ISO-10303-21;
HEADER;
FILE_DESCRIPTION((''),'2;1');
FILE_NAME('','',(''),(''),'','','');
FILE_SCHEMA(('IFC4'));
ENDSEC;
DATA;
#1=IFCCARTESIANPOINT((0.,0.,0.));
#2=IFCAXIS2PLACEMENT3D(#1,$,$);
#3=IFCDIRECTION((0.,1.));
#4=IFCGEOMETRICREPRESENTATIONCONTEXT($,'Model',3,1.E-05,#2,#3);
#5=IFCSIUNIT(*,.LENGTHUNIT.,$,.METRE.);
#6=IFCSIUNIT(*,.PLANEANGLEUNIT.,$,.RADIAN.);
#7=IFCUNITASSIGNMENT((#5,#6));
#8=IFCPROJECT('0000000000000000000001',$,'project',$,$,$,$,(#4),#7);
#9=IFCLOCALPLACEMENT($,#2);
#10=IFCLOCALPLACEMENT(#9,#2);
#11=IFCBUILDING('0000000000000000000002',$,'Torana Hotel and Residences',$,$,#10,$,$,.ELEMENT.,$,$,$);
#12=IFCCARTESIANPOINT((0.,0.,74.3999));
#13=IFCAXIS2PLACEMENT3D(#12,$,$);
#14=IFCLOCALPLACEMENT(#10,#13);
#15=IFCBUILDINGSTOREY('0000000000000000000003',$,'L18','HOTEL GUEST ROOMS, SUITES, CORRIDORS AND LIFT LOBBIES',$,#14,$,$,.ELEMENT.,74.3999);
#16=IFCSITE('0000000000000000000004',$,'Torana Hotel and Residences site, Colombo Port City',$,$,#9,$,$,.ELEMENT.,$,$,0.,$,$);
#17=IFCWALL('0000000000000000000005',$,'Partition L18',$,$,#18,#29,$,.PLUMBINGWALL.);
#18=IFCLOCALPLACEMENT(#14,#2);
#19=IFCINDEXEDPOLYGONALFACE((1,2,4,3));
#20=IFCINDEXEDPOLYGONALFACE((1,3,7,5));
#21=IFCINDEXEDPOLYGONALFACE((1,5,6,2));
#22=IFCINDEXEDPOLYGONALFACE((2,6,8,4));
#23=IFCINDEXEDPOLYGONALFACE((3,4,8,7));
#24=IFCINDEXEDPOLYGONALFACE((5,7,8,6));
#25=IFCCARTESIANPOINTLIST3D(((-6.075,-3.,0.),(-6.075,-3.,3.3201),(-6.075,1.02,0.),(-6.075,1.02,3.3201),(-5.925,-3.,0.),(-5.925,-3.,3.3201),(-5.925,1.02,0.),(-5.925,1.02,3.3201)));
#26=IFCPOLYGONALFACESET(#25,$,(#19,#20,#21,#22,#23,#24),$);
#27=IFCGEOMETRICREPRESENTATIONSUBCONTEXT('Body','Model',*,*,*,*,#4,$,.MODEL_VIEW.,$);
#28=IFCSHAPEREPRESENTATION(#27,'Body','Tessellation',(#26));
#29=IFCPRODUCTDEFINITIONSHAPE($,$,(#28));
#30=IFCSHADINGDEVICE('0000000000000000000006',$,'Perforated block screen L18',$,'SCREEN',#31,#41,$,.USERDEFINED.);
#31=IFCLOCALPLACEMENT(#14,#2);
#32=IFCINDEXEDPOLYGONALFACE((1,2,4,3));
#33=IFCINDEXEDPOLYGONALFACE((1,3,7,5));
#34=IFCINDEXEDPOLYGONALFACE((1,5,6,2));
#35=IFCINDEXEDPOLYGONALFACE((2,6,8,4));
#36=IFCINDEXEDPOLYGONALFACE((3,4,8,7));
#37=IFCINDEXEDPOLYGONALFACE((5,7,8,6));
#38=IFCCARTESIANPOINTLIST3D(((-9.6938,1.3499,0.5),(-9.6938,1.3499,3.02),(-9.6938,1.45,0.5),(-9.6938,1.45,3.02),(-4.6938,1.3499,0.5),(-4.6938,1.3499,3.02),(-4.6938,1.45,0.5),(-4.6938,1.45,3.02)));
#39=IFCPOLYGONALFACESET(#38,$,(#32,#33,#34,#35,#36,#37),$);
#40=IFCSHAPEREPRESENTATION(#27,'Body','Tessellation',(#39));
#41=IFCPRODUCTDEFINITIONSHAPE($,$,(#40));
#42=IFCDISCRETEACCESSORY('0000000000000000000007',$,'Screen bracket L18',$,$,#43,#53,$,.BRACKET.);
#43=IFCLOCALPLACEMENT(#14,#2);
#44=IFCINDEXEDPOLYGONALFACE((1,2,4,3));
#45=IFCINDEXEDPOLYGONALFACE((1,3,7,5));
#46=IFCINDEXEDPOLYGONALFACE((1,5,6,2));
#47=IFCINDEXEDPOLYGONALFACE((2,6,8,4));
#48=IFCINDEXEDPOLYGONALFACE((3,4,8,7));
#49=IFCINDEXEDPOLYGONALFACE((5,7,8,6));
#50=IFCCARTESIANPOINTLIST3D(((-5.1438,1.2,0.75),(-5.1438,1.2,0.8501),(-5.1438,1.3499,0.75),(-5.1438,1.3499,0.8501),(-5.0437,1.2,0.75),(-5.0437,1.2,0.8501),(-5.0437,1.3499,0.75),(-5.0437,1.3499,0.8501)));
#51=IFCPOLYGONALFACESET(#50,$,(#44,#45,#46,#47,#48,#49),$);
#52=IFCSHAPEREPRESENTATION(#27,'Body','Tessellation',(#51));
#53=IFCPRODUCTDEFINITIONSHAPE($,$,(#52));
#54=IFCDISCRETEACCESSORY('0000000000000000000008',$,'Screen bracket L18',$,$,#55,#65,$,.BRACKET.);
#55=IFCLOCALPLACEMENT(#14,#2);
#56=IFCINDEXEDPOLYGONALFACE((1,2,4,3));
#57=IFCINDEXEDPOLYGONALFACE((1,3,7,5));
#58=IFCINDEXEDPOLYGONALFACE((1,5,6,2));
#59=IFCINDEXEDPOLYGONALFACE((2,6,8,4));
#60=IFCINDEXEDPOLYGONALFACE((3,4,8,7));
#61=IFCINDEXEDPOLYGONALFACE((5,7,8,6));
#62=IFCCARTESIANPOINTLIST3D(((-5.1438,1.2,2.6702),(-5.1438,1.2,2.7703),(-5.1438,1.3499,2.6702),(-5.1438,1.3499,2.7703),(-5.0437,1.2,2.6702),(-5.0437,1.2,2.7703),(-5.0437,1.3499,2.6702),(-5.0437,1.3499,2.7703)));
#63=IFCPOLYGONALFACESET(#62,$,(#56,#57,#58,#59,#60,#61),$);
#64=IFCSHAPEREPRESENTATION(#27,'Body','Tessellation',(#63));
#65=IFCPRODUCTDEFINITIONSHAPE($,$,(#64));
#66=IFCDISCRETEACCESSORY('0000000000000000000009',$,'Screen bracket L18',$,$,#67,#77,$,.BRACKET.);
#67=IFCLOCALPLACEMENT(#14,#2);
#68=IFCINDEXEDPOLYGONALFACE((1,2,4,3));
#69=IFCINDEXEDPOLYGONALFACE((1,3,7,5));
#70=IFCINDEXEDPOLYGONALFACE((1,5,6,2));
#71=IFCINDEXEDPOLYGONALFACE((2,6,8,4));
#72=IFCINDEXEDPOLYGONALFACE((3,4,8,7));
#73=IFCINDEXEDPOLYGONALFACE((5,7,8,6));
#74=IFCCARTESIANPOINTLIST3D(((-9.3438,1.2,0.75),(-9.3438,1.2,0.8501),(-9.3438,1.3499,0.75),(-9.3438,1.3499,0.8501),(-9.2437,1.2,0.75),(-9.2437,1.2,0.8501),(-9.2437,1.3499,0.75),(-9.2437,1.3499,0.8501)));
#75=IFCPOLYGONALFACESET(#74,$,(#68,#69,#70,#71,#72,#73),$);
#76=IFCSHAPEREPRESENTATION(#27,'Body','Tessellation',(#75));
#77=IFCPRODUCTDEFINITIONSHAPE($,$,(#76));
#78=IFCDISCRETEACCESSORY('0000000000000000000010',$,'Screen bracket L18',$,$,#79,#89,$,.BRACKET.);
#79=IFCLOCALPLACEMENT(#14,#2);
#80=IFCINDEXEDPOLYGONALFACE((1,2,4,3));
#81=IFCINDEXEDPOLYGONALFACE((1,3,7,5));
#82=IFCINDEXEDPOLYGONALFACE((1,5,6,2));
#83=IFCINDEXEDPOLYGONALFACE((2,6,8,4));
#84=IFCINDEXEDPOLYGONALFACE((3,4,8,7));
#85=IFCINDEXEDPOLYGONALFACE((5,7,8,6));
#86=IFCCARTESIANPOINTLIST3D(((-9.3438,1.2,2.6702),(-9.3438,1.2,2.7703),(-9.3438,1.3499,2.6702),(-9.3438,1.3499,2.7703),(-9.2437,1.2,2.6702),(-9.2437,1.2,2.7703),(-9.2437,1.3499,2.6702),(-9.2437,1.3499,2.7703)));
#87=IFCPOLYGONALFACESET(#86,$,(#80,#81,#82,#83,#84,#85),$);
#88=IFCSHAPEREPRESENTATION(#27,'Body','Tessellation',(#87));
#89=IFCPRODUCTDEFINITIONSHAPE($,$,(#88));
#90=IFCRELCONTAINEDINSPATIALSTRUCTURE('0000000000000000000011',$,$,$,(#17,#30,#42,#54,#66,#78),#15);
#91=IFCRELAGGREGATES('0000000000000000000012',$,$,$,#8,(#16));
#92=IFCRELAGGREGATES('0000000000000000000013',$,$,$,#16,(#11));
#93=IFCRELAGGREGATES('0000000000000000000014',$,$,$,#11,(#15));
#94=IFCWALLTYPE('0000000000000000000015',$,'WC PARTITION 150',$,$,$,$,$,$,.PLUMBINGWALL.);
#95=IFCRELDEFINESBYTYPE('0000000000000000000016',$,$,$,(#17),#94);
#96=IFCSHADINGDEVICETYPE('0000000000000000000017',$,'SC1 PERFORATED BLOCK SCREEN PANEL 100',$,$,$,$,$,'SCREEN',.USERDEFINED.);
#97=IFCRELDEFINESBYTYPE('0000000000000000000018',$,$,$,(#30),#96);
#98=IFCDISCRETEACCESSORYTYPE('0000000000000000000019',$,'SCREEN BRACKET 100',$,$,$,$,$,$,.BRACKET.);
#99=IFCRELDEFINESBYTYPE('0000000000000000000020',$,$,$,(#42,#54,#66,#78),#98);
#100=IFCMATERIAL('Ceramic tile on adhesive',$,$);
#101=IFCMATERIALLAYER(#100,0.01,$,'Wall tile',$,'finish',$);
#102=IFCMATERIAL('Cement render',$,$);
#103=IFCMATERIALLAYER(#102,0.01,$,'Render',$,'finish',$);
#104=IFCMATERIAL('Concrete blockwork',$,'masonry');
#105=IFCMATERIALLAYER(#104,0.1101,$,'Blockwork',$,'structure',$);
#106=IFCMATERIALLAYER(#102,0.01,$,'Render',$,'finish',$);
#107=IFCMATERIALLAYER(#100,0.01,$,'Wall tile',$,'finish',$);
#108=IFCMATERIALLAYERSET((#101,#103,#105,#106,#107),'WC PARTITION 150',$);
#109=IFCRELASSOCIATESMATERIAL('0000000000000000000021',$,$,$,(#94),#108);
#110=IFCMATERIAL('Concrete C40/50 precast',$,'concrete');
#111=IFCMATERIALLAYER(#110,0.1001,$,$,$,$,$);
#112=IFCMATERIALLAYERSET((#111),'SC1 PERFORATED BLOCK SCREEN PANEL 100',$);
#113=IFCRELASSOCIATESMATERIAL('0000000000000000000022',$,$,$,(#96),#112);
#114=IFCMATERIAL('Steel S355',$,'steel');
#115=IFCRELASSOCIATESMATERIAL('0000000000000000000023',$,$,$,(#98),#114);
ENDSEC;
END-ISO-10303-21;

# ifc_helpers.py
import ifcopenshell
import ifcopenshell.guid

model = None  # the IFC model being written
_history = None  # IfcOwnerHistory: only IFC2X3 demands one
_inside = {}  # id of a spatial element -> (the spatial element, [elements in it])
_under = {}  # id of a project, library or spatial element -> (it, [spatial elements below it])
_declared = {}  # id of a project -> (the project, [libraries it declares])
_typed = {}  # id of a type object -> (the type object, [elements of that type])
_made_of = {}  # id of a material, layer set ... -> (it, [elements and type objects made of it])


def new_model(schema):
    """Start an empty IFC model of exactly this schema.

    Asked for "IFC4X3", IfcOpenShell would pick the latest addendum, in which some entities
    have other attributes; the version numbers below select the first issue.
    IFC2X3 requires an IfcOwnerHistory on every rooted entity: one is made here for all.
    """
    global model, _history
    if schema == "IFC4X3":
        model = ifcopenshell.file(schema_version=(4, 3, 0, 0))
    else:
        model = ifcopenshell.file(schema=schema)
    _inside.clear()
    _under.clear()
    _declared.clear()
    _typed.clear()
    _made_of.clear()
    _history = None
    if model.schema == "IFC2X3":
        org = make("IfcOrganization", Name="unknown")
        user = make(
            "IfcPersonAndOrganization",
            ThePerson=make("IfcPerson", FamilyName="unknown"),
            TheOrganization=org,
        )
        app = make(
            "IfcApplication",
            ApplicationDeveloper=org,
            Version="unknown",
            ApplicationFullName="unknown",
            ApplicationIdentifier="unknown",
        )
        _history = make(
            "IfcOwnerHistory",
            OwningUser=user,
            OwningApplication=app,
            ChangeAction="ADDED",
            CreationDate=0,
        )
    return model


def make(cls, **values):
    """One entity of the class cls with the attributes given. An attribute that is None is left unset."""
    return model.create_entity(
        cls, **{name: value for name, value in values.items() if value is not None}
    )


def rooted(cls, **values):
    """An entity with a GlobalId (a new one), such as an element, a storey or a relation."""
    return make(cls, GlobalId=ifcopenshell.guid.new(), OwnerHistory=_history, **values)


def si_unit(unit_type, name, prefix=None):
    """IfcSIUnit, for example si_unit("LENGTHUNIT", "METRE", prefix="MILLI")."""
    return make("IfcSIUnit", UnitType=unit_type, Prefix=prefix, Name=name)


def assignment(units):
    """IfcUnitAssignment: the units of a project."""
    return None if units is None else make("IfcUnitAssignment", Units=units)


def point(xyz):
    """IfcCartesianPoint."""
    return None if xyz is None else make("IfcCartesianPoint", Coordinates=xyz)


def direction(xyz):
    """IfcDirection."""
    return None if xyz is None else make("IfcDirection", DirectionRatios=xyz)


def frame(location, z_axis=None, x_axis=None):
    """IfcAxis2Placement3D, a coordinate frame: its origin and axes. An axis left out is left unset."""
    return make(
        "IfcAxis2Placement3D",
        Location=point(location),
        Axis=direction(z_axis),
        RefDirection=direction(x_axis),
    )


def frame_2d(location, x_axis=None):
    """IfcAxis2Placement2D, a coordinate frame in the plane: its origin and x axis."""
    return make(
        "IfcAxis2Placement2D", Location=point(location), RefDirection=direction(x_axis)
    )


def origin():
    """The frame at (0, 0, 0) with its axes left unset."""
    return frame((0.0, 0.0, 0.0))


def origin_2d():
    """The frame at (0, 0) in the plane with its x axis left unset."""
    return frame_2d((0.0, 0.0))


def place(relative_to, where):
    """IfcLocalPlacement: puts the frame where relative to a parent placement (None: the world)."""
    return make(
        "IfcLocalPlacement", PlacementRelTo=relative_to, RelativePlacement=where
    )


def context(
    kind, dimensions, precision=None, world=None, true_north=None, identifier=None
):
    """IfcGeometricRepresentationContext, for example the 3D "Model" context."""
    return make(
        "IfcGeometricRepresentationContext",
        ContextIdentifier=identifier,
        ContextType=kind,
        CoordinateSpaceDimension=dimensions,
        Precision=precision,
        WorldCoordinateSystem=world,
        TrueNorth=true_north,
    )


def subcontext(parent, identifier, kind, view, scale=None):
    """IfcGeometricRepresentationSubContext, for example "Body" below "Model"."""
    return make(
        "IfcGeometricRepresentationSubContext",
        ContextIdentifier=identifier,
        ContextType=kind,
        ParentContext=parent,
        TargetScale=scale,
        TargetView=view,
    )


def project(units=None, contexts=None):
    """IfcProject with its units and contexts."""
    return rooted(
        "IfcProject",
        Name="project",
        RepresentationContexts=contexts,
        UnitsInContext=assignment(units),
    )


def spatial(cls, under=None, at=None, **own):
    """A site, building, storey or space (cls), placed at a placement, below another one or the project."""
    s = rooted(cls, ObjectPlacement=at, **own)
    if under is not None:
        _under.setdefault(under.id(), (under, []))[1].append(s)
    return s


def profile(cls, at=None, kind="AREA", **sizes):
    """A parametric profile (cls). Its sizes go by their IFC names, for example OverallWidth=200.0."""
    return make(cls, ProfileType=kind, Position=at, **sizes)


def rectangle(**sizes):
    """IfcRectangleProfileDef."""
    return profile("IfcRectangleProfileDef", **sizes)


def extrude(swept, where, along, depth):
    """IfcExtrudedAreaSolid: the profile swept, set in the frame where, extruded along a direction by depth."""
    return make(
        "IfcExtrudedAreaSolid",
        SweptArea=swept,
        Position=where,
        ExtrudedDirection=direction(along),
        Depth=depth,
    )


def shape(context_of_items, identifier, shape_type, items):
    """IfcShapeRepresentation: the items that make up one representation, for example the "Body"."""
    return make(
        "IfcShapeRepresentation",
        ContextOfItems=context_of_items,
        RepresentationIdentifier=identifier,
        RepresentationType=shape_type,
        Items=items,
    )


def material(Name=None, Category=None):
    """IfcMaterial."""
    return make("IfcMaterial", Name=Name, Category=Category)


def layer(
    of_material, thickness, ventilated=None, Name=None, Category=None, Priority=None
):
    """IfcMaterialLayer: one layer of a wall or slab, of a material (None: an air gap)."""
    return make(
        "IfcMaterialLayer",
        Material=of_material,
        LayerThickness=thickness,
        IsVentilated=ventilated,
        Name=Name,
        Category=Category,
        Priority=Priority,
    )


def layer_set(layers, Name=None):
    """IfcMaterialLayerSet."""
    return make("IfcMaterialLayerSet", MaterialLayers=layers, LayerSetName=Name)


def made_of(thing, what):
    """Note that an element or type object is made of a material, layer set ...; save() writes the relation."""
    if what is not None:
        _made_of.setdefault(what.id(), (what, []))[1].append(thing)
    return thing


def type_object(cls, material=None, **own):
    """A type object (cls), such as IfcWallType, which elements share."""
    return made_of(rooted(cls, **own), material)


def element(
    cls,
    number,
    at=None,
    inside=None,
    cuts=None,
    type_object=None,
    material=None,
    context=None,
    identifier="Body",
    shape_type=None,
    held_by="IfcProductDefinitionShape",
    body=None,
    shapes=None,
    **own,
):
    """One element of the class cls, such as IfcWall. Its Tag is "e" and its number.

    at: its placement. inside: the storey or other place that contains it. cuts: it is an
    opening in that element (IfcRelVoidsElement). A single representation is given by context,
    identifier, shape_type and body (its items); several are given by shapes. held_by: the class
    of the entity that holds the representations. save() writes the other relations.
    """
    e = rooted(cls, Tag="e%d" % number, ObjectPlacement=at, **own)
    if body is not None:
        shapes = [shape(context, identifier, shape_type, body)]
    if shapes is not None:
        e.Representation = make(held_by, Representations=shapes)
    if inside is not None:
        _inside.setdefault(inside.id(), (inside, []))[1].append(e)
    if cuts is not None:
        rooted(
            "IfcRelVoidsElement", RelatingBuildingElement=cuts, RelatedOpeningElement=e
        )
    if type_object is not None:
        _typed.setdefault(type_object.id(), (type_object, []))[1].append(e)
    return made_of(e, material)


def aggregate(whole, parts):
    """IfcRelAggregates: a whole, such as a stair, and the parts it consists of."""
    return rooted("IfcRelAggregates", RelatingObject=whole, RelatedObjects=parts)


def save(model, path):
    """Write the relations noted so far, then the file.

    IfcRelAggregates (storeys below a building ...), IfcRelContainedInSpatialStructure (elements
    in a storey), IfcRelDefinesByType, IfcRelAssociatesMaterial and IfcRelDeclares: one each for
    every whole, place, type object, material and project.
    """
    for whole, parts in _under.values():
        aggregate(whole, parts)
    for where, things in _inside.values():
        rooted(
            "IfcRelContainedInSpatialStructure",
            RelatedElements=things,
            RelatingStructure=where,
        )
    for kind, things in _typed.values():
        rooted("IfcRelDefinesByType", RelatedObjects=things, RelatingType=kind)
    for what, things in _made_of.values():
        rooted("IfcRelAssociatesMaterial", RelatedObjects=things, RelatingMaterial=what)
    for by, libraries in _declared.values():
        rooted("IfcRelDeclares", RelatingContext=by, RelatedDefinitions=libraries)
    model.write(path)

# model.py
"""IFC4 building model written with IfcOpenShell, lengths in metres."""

from ifc_helpers import new_model, si_unit, direction, frame, frame_2d, origin, origin_2d, place, context, subcontext, project, spatial, rectangle, extrude, material, layer, layer_set, type_object, element, save


model = new_model("IFC4")

# Units and contexts
model_context = context("Model", 3, precision=1e-05, world=origin(), true_north=direction((0.0, 1.0)))
body_context = subcontext(model_context, "Body", "Model", "MODEL_VIEW")
ifc_project = project(units=[si_unit("LENGTHUNIT", "METRE"), si_unit("PLANEANGLEUNIT", "RADIAN")], contexts=[model_context])

# Site, building, storey
site_placement = place(None, origin())
site = spatial("IfcSite", under=ifc_project, at=site_placement, Name="Torana Hotel and Residences site, Colombo Port City", CompositionType="ELEMENT", RefElevation=0.0)
building_placement = place(site_placement, origin())
building = spatial("IfcBuilding", under=site, at=building_placement, Name="Torana Hotel and Residences", CompositionType="ELEMENT")
storey_placement = place(building_placement, frame((0.0, 0.0, 74.3999)))
storey = spatial("IfcBuildingStorey", under=building, at=storey_placement, Name="L18", Description="HOTEL GUEST ROOMS, SUITES, CORRIDORS AND LIFT LOBBIES", CompositionType="ELEMENT", Elevation=74.3999)

# Shared definitions
ifc_material_1 = material(Name="Concrete blockwork", Category="masonry")

# Wall
ifc_material_2 = material(Name="Ceramic tile on adhesive")
ifc_layer_1 = layer(ifc_material_2, 0.01, Name="Wall tile", Category="finish")
ifc_material_3 = material(Name="Cement render")
ifc_layer_2 = layer(ifc_material_3, 0.01, Name="Render", Category="finish")
ifc_layer_3 = layer(ifc_material_1, 0.1101, Name="Blockwork", Category="structure")
ifc_layer_4 = layer(ifc_material_3, 0.01, Name="Render", Category="finish")
ifc_layer_5 = layer(ifc_material_2, 0.01, Name="Wall tile", Category="finish")
ifc_layer_set_1 = layer_set([ifc_layer_1, ifc_layer_2, ifc_layer_3, ifc_layer_4, ifc_layer_5], Name="WC PARTITION 150")
wall_type_1 = type_object("IfcWallType", Name="WC PARTITION 150", PredefinedType="PLUMBINGWALL", material=ifc_layer_set_1)
for number, where, z_axis, x_axis, name in (
    (1, (-6.0, -3.0, 0.0), (0.0, 0.0, 1.0), (0.0, 1.0, 0.0), "Partition L18"),
):
    element("IfcWall", number, at=place(storey_placement, frame(where, z_axis=z_axis, x_axis=x_axis)), inside=storey, type_object=wall_type_1, Name=name, PredefinedType="PLUMBINGWALL", context=body_context, shape_type="SweptSolid", body=[
        extrude(rectangle(XDim=4.02, YDim=0.1499, at=frame_2d((2.01, 0.0))), origin(), (0.0, 0.0, 1.0), 3.3201),
    ])

# Shading device
ifc_material_4 = material(Name="Concrete C40/50 precast", Category="concrete")
ifc_layer_6 = layer(ifc_material_4, 0.1001)
ifc_layer_set_2 = layer_set([ifc_layer_6], Name="SC1 PERFORATED BLOCK SCREEN PANEL 100")
shading_device_type = type_object("IfcShadingDeviceType", Name="SC1 PERFORATED BLOCK SCREEN PANEL 100", ElementType="SCREEN", PredefinedType="USERDEFINED", material=ifc_layer_set_2)
shading_device_placement = place(storey_placement, frame((-7.1938, 1.3999, 0.5), z_axis=(0.0, 0.0, 1.0), x_axis=(-1.0, 0.0, 0.0)))
element("IfcShadingDevice", 2, at=shading_device_placement, inside=storey, type_object=shading_device_type, Name="Perforated block screen L18", ObjectType="SCREEN", PredefinedType="USERDEFINED", context=body_context, shape_type="SweptSolid", body=[
    extrude(rectangle(XDim=5.0, YDim=0.1001, at=origin_2d()), origin(), (0.0, 0.0, 1.0), 2.52),
])

# Discrete accessories
ifc_material_5 = material(Name="Steel S355", Category="steel")
discrete_accessory_type = type_object("IfcDiscreteAccessoryType", Name="SCREEN BRACKET 100", PredefinedType="BRACKET", material=ifc_material_5)
for number, where, z_axis, x_axis, name in (
    (3, (-5.0938, 1.2749, 0.75), (0.0, 0.0, 1.0), (-1.0, 0.0, 0.0), "Screen bracket L18"),
    (4, (-5.0938, 1.2749, 2.6702), (0.0, 0.0, 1.0), (-1.0, 0.0, 0.0), "Screen bracket L18"),
    (5, (-9.2937, 1.2749, 0.75), (0.0, 0.0, 1.0), (-1.0, 0.0, 0.0), "Screen bracket L18"),
    (6, (-9.2937, 1.2749, 2.6702), (0.0, 0.0, 1.0), (-1.0, 0.0, 0.0), "Screen bracket L18"),
):
    element("IfcDiscreteAccessory", number, at=place(storey_placement, frame(where, z_axis=z_axis, x_axis=x_axis)), inside=storey, type_object=discrete_accessory_type, Name=name, PredefinedType="BRACKET", context=body_context, shape_type="SweptSolid", body=[
        extrude(rectangle(XDim=0.1001, YDim=0.1499, at=origin_2d()), origin(), (0.0, 0.0, 1.0), 0.1001),
    ])

save(model, "model.ifc")
